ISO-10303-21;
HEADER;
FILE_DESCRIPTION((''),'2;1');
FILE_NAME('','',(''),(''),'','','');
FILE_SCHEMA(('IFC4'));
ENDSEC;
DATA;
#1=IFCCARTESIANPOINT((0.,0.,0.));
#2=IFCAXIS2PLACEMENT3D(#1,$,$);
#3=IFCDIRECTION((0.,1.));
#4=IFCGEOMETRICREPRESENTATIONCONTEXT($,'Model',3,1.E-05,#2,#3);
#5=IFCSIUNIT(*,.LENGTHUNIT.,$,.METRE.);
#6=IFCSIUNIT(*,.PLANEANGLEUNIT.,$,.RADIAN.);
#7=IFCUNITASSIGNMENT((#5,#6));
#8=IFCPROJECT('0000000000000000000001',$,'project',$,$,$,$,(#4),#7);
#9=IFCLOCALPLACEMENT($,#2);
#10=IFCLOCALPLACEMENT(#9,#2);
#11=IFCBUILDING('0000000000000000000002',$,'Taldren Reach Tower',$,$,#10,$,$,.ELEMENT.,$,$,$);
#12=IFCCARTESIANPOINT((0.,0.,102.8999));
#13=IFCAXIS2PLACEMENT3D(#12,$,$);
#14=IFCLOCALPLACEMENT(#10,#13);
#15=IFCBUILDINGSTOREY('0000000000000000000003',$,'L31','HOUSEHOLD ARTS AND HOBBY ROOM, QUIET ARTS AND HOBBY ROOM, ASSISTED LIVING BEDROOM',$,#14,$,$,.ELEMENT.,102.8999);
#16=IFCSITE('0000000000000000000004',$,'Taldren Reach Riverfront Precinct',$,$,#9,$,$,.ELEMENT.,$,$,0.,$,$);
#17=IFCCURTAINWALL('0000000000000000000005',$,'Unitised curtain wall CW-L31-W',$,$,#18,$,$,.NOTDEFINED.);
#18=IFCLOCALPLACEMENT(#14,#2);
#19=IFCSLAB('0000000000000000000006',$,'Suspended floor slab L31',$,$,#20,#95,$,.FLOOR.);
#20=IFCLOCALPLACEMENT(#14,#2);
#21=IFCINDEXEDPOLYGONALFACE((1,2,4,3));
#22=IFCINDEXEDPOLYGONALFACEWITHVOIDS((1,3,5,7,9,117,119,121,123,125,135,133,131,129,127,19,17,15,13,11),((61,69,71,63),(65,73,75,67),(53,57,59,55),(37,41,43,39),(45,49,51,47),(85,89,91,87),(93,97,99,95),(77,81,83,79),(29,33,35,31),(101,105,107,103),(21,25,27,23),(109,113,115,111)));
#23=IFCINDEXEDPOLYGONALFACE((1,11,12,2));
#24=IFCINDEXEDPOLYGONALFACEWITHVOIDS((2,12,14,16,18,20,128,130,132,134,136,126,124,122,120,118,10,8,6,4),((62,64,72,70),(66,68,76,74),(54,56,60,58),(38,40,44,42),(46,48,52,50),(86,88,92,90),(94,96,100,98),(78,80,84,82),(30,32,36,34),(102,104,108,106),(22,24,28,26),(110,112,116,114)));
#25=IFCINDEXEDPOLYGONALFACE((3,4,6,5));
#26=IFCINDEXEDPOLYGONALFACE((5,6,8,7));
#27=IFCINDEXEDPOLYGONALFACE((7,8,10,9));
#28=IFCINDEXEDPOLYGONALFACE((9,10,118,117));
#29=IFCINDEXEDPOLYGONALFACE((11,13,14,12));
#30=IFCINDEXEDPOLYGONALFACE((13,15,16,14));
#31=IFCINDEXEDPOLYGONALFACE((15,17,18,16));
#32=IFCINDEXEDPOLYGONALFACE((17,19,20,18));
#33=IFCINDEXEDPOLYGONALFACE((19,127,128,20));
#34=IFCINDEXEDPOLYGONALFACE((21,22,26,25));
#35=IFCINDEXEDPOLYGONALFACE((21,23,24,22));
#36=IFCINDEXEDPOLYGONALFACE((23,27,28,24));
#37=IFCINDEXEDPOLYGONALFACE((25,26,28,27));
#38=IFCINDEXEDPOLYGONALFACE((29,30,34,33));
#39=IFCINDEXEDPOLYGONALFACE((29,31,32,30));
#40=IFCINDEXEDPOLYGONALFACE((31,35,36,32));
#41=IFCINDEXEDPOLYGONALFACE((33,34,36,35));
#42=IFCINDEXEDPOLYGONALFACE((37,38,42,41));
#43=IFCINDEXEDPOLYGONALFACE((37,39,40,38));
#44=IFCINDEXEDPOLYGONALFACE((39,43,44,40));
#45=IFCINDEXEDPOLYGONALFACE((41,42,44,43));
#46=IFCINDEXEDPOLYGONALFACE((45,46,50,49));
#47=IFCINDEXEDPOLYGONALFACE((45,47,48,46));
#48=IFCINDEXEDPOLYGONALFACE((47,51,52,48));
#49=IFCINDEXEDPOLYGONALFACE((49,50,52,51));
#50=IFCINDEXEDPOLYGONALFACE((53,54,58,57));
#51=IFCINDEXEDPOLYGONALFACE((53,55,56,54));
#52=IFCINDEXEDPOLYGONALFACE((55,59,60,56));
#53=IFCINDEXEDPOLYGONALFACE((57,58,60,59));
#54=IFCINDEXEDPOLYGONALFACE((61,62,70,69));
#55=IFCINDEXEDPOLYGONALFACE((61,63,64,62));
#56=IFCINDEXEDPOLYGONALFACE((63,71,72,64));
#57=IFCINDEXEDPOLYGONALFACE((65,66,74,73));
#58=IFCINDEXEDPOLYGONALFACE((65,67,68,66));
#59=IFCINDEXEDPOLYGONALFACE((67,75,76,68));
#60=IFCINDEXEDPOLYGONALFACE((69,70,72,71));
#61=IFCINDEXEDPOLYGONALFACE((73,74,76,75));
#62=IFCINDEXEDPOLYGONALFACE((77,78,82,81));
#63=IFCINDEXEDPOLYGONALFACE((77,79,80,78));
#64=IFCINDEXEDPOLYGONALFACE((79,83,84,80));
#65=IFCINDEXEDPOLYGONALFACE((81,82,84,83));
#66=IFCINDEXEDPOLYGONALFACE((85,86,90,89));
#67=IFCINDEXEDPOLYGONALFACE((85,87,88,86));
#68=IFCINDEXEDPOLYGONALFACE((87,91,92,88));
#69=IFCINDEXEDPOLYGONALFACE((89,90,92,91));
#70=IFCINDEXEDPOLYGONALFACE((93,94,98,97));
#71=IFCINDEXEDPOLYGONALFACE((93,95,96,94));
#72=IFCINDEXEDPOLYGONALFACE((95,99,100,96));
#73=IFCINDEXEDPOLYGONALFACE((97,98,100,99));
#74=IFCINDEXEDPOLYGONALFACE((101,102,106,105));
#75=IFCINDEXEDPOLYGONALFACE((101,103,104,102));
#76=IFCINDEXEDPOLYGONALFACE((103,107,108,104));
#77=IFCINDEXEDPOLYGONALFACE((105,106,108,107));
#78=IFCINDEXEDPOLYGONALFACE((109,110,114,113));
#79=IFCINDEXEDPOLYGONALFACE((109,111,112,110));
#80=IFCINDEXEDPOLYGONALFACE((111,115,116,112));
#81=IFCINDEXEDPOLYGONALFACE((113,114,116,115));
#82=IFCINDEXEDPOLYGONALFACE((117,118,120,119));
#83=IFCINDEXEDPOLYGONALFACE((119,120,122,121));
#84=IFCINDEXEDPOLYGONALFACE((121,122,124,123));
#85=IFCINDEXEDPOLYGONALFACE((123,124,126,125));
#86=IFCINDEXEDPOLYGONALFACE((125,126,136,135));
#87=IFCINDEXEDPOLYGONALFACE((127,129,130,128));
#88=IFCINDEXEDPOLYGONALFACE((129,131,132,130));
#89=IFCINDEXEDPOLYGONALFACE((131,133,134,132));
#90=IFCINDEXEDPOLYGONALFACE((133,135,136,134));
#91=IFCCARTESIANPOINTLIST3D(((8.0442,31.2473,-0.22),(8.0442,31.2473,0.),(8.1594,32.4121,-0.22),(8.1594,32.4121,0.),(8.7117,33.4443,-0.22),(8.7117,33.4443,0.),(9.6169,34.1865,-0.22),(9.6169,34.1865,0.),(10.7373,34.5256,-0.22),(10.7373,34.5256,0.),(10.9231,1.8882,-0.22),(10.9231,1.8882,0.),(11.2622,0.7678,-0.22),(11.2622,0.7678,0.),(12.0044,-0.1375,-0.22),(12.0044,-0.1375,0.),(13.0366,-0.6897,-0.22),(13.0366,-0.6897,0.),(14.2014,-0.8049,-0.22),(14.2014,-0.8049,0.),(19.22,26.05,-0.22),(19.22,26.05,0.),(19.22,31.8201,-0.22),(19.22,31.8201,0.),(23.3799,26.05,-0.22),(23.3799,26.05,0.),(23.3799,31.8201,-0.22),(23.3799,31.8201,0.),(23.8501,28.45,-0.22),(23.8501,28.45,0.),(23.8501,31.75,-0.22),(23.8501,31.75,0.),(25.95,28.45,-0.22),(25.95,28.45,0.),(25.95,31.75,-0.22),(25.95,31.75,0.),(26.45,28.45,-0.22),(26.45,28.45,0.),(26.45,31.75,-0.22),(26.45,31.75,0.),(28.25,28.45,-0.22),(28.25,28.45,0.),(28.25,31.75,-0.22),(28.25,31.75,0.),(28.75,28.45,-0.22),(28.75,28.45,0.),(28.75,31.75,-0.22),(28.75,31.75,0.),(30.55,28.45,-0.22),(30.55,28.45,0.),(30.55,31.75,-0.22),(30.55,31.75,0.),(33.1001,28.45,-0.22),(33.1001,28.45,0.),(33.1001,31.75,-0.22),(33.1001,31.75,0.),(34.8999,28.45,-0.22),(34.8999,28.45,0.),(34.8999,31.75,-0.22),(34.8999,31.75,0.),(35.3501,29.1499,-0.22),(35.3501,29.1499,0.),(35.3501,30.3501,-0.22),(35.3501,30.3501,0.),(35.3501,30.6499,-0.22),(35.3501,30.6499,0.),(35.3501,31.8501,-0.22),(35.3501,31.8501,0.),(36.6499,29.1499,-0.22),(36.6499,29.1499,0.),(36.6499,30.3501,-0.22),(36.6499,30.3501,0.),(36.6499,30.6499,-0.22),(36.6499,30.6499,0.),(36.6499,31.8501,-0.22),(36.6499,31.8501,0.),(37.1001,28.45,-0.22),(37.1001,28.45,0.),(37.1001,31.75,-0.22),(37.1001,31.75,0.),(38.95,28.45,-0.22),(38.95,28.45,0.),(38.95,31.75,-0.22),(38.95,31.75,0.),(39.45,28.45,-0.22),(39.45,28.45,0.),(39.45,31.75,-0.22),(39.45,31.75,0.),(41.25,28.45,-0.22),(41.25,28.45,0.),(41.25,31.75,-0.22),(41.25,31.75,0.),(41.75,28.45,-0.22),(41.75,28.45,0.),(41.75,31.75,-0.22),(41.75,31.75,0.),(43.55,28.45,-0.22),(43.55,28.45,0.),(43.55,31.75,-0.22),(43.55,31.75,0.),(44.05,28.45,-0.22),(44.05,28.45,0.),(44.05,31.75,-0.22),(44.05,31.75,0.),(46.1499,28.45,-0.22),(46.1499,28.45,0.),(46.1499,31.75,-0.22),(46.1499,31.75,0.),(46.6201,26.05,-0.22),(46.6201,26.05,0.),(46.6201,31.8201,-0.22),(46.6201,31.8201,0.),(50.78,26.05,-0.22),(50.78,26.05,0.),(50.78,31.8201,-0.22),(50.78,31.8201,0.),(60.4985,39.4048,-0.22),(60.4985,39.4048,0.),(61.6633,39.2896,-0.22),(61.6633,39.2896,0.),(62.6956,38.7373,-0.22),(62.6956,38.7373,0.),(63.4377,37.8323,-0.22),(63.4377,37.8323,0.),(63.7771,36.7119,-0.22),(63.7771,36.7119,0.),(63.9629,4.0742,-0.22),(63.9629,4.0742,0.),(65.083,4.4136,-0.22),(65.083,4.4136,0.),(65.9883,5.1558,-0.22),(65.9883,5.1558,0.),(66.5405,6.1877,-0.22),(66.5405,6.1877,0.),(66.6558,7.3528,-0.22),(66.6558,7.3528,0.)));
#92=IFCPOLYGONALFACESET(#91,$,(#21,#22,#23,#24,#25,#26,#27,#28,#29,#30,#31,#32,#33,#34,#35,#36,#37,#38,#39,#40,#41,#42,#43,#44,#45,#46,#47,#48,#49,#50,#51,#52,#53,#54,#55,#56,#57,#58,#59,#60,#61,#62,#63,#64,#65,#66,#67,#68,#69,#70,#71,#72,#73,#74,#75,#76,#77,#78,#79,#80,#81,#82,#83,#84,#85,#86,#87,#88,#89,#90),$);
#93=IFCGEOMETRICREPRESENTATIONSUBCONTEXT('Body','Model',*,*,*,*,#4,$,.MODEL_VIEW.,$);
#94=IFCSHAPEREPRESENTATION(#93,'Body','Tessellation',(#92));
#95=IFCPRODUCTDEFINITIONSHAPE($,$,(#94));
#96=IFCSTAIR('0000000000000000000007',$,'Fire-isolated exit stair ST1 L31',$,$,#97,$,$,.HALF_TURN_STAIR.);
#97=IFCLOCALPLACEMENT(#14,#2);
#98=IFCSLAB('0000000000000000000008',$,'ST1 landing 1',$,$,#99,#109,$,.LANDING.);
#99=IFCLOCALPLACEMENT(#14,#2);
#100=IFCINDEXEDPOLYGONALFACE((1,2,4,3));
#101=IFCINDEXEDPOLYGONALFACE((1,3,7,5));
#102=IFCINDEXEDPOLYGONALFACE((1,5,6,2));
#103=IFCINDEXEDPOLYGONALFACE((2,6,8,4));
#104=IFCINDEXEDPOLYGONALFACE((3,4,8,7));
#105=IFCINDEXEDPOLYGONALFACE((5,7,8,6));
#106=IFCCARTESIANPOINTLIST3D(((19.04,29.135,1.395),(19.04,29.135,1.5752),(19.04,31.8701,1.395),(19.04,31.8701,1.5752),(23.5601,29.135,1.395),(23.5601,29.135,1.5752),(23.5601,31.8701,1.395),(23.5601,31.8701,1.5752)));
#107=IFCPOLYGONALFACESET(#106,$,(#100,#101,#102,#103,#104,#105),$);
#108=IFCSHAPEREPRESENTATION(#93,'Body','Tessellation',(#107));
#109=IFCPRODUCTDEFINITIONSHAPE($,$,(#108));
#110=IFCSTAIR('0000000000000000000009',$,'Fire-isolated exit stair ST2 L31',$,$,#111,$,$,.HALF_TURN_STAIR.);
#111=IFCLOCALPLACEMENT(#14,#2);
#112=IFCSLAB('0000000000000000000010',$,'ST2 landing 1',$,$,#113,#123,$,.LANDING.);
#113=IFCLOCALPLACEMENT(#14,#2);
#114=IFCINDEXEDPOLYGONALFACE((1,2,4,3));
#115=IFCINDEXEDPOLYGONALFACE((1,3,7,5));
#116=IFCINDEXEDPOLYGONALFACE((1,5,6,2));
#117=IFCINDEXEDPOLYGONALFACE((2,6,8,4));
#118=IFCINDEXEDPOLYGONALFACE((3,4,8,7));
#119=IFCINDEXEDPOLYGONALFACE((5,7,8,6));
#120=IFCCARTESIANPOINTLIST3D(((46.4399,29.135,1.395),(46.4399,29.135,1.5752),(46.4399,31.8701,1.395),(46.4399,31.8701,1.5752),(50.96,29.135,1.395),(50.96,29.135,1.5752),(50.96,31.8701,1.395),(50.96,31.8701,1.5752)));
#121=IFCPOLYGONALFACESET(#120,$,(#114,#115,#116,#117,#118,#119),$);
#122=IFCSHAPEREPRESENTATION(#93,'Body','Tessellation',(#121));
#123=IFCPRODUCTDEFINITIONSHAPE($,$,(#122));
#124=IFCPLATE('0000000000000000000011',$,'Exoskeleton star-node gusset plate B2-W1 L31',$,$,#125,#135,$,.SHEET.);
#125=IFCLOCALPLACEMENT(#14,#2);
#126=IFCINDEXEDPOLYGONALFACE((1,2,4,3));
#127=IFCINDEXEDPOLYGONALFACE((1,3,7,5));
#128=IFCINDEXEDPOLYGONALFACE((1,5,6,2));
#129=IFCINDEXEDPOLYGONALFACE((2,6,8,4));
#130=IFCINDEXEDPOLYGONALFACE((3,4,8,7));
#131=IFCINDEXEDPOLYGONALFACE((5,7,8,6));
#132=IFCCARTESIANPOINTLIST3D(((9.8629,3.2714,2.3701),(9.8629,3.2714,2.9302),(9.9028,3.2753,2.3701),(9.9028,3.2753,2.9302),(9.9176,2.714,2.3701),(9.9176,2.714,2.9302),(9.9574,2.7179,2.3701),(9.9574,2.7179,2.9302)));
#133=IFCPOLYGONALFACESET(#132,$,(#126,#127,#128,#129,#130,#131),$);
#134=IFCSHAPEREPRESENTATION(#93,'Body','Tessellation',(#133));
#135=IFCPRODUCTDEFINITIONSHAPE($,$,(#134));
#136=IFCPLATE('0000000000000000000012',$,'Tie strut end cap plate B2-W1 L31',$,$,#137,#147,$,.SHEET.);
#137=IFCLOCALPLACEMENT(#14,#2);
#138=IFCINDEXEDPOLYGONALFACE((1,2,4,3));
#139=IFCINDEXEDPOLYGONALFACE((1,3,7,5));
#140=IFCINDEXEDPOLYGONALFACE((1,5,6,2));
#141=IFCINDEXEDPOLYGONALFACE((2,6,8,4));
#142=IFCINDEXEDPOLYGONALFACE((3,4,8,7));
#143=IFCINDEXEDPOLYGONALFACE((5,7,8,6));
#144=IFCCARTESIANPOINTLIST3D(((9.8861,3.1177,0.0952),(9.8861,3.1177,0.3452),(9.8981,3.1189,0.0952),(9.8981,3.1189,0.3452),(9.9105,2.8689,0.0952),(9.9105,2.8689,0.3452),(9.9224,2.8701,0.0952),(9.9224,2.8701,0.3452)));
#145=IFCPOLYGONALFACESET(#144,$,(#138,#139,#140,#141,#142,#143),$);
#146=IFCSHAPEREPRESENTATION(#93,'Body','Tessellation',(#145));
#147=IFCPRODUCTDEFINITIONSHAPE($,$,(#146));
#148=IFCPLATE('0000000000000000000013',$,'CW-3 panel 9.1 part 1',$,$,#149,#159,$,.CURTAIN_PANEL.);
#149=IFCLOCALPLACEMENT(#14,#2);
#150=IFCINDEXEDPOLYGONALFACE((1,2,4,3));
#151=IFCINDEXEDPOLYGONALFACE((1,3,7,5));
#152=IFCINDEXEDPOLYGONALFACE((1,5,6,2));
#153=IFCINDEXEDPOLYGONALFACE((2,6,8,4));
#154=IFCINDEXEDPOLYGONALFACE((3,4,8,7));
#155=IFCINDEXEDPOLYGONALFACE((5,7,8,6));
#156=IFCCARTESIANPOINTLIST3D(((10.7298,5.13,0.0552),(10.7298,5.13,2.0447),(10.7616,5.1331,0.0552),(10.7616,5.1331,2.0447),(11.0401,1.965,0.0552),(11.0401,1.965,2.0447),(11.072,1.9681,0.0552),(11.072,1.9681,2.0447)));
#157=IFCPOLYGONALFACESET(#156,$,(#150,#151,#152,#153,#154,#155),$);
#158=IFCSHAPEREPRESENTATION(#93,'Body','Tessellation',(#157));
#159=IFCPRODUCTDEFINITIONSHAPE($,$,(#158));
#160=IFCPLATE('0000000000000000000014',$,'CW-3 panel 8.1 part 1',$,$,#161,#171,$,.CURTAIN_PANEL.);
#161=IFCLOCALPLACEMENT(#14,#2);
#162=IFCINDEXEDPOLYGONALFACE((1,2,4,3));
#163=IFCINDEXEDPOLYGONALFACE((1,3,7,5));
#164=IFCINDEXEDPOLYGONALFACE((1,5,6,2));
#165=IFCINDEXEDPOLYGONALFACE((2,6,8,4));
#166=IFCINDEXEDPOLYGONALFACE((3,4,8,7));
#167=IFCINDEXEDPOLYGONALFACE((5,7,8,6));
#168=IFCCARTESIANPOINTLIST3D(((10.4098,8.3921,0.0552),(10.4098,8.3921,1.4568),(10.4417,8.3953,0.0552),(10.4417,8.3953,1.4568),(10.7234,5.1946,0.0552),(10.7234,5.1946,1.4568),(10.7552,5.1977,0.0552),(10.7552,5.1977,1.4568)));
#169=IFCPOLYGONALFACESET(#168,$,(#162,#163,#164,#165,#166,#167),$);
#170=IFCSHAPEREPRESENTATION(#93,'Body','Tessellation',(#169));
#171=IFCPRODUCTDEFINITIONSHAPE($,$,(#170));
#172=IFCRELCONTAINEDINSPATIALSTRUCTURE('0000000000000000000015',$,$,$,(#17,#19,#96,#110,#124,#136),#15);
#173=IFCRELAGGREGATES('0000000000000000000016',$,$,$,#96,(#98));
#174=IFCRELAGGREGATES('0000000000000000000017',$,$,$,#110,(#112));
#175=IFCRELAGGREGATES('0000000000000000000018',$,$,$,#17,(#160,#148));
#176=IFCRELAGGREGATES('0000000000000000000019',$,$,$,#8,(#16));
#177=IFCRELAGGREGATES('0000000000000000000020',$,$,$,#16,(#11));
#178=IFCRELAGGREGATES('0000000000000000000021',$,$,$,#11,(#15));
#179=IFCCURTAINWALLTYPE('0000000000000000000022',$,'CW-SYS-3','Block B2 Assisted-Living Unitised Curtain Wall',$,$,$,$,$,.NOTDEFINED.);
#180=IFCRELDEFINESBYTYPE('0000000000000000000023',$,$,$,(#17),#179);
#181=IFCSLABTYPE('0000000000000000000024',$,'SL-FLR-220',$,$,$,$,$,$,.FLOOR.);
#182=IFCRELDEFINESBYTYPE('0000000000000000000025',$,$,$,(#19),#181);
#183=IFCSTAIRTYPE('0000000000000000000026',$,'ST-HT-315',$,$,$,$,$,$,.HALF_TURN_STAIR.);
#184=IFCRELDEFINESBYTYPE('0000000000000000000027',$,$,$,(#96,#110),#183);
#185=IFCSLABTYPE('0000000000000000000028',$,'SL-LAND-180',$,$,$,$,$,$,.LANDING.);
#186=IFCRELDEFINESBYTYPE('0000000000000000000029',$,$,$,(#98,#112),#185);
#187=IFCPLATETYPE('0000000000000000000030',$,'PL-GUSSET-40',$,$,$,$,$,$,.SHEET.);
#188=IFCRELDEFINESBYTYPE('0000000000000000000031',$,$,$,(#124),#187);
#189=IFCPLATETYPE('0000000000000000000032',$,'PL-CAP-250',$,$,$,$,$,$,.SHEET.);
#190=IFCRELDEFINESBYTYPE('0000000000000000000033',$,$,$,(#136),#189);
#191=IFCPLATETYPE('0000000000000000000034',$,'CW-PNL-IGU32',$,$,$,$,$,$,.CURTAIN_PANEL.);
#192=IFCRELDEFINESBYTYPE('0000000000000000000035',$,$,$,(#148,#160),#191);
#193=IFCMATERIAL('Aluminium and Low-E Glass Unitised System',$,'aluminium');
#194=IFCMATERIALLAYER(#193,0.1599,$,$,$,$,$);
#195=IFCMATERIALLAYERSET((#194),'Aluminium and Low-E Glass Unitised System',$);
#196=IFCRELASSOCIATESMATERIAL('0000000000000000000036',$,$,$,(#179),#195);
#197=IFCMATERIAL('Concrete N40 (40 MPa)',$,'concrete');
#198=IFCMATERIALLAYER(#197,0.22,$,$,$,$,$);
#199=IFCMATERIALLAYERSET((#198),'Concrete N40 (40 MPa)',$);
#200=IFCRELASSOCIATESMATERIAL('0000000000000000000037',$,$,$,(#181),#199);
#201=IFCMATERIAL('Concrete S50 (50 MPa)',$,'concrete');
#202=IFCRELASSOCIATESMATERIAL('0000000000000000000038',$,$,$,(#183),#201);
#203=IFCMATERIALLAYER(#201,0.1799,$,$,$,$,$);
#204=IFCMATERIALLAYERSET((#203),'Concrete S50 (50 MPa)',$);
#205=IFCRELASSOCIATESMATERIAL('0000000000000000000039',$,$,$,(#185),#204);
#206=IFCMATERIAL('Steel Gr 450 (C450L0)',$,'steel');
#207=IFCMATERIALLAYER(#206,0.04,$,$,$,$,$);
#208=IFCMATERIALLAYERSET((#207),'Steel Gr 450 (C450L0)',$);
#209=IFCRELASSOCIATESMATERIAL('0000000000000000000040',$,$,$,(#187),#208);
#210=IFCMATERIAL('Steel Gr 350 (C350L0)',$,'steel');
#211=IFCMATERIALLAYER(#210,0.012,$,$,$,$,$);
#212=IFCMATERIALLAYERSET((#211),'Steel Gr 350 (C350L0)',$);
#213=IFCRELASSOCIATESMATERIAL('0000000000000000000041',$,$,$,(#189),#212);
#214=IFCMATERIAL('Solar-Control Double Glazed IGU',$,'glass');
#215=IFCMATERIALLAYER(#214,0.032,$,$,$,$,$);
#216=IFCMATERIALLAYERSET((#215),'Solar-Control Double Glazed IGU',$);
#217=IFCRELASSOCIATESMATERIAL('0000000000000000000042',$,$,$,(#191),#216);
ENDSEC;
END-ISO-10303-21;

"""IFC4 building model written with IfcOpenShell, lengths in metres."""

from ifc_helpers import new_model, si_unit, direction, frame, origin, origin_2d, place, context, subcontext, project, spatial, polyline, rectangle, outline, extrude, source, transform, mapped, material, layer, layer_set, type_object, element, aggregate, save


model = new_model("IFC4")

# Units and contexts
model_context = context("Model", 3, precision=1e-05, world=origin(), true_north=direction((0.0, 1.0)))
body_context = subcontext(model_context, "Body", "Model", "MODEL_VIEW")
ifc_project = project(units=[si_unit("LENGTHUNIT", "METRE"), si_unit("PLANEANGLEUNIT", "RADIAN")], contexts=[model_context])

# Site, building, storey
site_placement = place(None, origin())
site = spatial("IfcSite", under=ifc_project, at=site_placement, Name="Taldren Reach Riverfront Precinct", CompositionType="ELEMENT", RefElevation=0.0)
building_placement = place(site_placement, origin())
building = spatial("IfcBuilding", under=site, at=building_placement, Name="Taldren Reach Tower", CompositionType="ELEMENT")
storey_placement = place(building_placement, frame((0.0, 0.0, 102.8999)))
storey = spatial("IfcBuildingStorey", under=building, at=storey_placement, Name="L31", Description="HOUSEHOLD ARTS AND HOBBY ROOM, QUIET ARTS AND HOBBY ROOM, ASSISTED LIVING BEDROOM", CompositionType="ELEMENT", Elevation=102.8999)

# Shared definitions
ifc_material_1 = material(Name="Steel Gr 350 (C350L0)", Category="steel")

# Curtain wall
ifc_material_2 = material(Name="Aluminium and Low-E Glass Unitised System", Category="aluminium")
ifc_layer_1 = layer(ifc_material_2, 0.1599)
ifc_layer_set_1 = layer_set([ifc_layer_1], Name="Aluminium and Low-E Glass Unitised System")
curtain_wall_type = type_object("IfcCurtainWallType", Name="CW-SYS-3", Description="Block B2 Assisted-Living Unitised Curtain Wall", PredefinedType="NOTDEFINED", material=ifc_layer_set_1)
curtain_wall_placement = place(storey_placement, origin())
curtain_wall = element("IfcCurtainWall", 1, at=curtain_wall_placement, inside=storey, type_object=curtain_wall_type, Name="Unitised curtain wall CW-L31-W", PredefinedType="NOTDEFINED")

# Slab
ifc_material_3 = material(Name="Concrete N40 (40 MPa)", Category="concrete")
ifc_layer_2 = layer(ifc_material_3, 0.22)
ifc_layer_set_2 = layer_set([ifc_layer_2], Name="Concrete N40 (40 MPa)")
slab_type_1 = type_object("IfcSlabType", Name="SL-FLR-220", PredefinedType="FLOOR", material=ifc_layer_set_2)
slab_1_placement = place(storey_placement, frame((0.0, 0.0, -0.22)))
element("IfcSlab", 2, at=slab_1_placement, inside=storey, type_object=slab_type_1, Name="Suspended floor slab L31", PredefinedType="FLOOR", context=body_context, shape_type="SweptSolid", body=[
    extrude(outline(polyline([(63.9629, 4.0742), (65.083, 4.4136), (65.9883, 5.1558), (66.5405, 6.1877), (66.6558, 7.3528), (63.7771, 36.7119), (63.4377, 37.8323), (62.6956, 38.7373), (61.6633, 39.2896), (60.4985, 39.4048), (10.7373, 34.5256), (9.6169, 34.1865), (8.7117, 33.4443), (8.1594, 32.4121), (8.0442, 31.2473), (10.9231, 1.8882), (11.2622, 0.7678), (12.0044, -0.1375), (13.0366, -0.6897), (14.2014, -0.8049), (63.9629, 4.0742)]), holes=[polyline([(19.22, 26.05), (23.3799, 26.05), (23.3799, 31.8201), (19.22, 31.8201), (19.22, 26.05)]), polyline([(46.6201, 26.05), (50.78, 26.05), (50.78, 31.8201), (46.6201, 31.8201), (46.6201, 26.05)]), polyline([(23.8501, 28.45), (25.95, 28.45), (25.95, 31.75), (23.8501, 31.75), (23.8501, 28.45)]), polyline([(44.05, 28.45), (46.1499, 28.45), (46.1499, 31.75), (44.05, 31.75), (44.05, 28.45)]), polyline([(26.45, 28.45), (28.25, 28.45), (28.25, 31.75), (26.45, 31.75), (26.45, 28.45)]), polyline([(28.75, 28.45), (30.55, 28.45), (30.55, 31.75), (28.75, 31.75), (28.75, 28.45)]), polyline([(33.1001, 28.45), (34.8999, 28.45), (34.8999, 31.75), (33.1001, 31.75), (33.1001, 28.45)]), polyline([(37.1001, 28.45), (38.95, 28.45), (38.95, 31.75), (37.1001, 31.75), (37.1001, 28.45)]), polyline([(39.45, 28.45), (41.25, 28.45), (41.25, 31.75), (39.45, 31.75), (39.45, 28.45)]), polyline([(41.75, 28.45), (43.55, 28.45), (43.55, 31.75), (41.75, 31.75), (41.75, 28.45)]), polyline([(35.3501, 30.6499), (36.6499, 30.6499), (36.6499, 31.8501), (35.3501, 31.8501), (35.3501, 30.6499)]), polyline([(35.3501, 29.1499), (36.6499, 29.1499), (36.6499, 30.3501), (35.3501, 30.3501), (35.3501, 29.1499)])]), origin(), (0.0, 0.0, 1.0), 0.22),
])

# Stairs, slabs
ifc_material_4 = material(Name="Concrete S50 (50 MPa)", Category="concrete")
stair_type = type_object("IfcStairType", Name="ST-HT-315", PredefinedType="HALF_TURN_STAIR", material=ifc_material_4)
stair_1_placement = place(storey_placement, origin())
stair_1 = element("IfcStair", 3, at=stair_1_placement, inside=storey, type_object=stair_type, Name="Fire-isolated exit stair ST1 L31", PredefinedType="HALF_TURN_STAIR")
ifc_layer_3 = layer(ifc_material_4, 0.1799)
ifc_layer_set_3 = layer_set([ifc_layer_3], Name="Concrete S50 (50 MPa)")
slab_type_2 = type_object("IfcSlabType", Name="SL-LAND-180", PredefinedType="LANDING", material=ifc_layer_set_3)
slab_2_placement = place(storey_placement, frame((0.0, 0.0, 1.395)))
slab_2 = element("IfcSlab", 4, at=slab_2_placement, type_object=slab_type_2, Name="ST1 landing 1", PredefinedType="LANDING", context=body_context, shape_type="SweptSolid", body=[
    extrude(outline(polyline([(19.04, 29.135), (23.5601, 29.135), (23.5601, 31.8701), (19.04, 31.8701), (19.04, 29.135)])), origin(), (0.0, 0.0, 1.0), 0.1802),
])
aggregate(stair_1, [slab_2])
stair_2_placement = place(storey_placement, origin())
stair_2 = element("IfcStair", 5, at=stair_2_placement, inside=storey, type_object=stair_type, Name="Fire-isolated exit stair ST2 L31", PredefinedType="HALF_TURN_STAIR")
slab_3_placement = place(storey_placement, frame((0.0, 0.0, 1.395)))
slab_3 = element("IfcSlab", 6, at=slab_3_placement, type_object=slab_type_2, Name="ST2 landing 1", PredefinedType="LANDING", context=body_context, shape_type="SweptSolid", body=[
    extrude(outline(polyline([(46.4399, 29.135), (50.96, 29.135), (50.96, 31.8701), (46.4399, 31.8701), (46.4399, 29.135)])), origin(), (0.0, 0.0, 1.0), 0.1802),
])
aggregate(stair_2, [slab_3])

# Plates
ifc_material_5 = material(Name="Steel Gr 450 (C450L0)", Category="steel")
ifc_layer_4 = layer(ifc_material_5, 0.04)
ifc_layer_set_4 = layer_set([ifc_layer_4], Name="Steel Gr 450 (C450L0)")
plate_type_1 = type_object("IfcPlateType", Name="PL-GUSSET-40", PredefinedType="SHEET", material=ifc_layer_set_4)
shared_shape_1 = source(origin(), body_context, "Body", "SweptSolid", [
    extrude(rectangle(XDim=0.5601, YDim=0.04, at=origin_2d()), origin(), (0.0, 0.0, 1.0), 0.5601),
])
plate_1_placement = place(storey_placement, frame((9.9102, 2.9946, 2.3701), z_axis=(0.0, 0.0, 1.0), x_axis=(-0.097583, 0.995227, 0.0)))
element("IfcPlate", 7, at=plate_1_placement, inside=storey, type_object=plate_type_1, Name="Exoskeleton star-node gusset plate B2-W1 L31", PredefinedType="SHEET", context=body_context, shape_type="MappedRepresentation", body=[
    mapped(shared_shape_1, transform((0.0, 0.0, 0.0), scale=1.0)),
])
ifc_layer_5 = layer(ifc_material_1, 0.012)
ifc_layer_set_5 = layer_set([ifc_layer_5], Name="Steel Gr 350 (C350L0)")
plate_type_2 = type_object("IfcPlateType", Name="PL-CAP-250", PredefinedType="SHEET", material=ifc_layer_set_5)
shared_shape_2 = source(origin(), body_context, "Body", "SweptSolid", [
    extrude(rectangle(XDim=0.012, YDim=0.25, at=origin_2d()), origin(), (0.0, 0.0, 1.0), 0.25),
])
plate_2_placement = place(storey_placement, frame((9.9043, 2.9939, 0.0952), z_axis=(0.0, 0.0, 1.0), x_axis=(0.995227, 0.097583, 0.0)))
element("IfcPlate", 8, at=plate_2_placement, inside=storey, type_object=plate_type_2, Name="Tie strut end cap plate B2-W1 L31", PredefinedType="SHEET", context=body_context, shape_type="MappedRepresentation", body=[
    mapped(shared_shape_2, transform((0.0, 0.0, 0.0), scale=1.0)),
])

# Plates
ifc_material_6 = material(Name="Solar-Control Double Glazed IGU", Category="glass")
ifc_layer_6 = layer(ifc_material_6, 0.032)
ifc_layer_set_6 = layer_set([ifc_layer_6], Name="Solar-Control Double Glazed IGU")
plate_type_3 = type_object("IfcPlateType", Name="CW-PNL-IGU32", PredefinedType="CURTAIN_PANEL", material=ifc_layer_set_6)
shared_shape_3 = source(origin(), body_context, "Body", "SweptSolid", [
    extrude(rectangle(XDim=3.1802, YDim=0.032, at=origin_2d()), origin(), (0.0, 0.0, 1.0), 1.9895),
])
plate_3_placement = place(storey_placement, frame((10.9009, 3.5491, 0.0552), z_axis=(0.0, 0.0, 1.0), x_axis=(0.097583, -0.995227, 0.0)))
plate_3 = element("IfcPlate", 9, at=plate_3_placement, type_object=plate_type_3, Name="CW-3 panel 9.1 part 1", PredefinedType="CURTAIN_PANEL", context=body_context, shape_type="MappedRepresentation", body=[
    mapped(shared_shape_3, transform((0.0, 0.0, 0.0), scale=1.0)),
])
shared_shape_4 = source(origin(), body_context, "Body", "SweptSolid", [
    extrude(rectangle(XDim=3.2129, YDim=0.032, at=origin_2d()), origin(), (0.0, 0.0, 1.0), 1.4016),
])
plate_4_placement = place(storey_placement, frame((10.5825, 6.7949, 0.0552), z_axis=(0.0, 0.0, 1.0), x_axis=(0.097583, -0.995227, 0.0)))
plate_4 = element("IfcPlate", 10, at=plate_4_placement, type_object=plate_type_3, Name="CW-3 panel 8.1 part 1", PredefinedType="CURTAIN_PANEL", context=body_context, shape_type="MappedRepresentation", body=[
    mapped(shared_shape_4, transform((0.0, 0.0, 0.0), scale=1.0)),
])
aggregate(curtain_wall, [plate_4, plate_3])

save(model, "model.ifc")
